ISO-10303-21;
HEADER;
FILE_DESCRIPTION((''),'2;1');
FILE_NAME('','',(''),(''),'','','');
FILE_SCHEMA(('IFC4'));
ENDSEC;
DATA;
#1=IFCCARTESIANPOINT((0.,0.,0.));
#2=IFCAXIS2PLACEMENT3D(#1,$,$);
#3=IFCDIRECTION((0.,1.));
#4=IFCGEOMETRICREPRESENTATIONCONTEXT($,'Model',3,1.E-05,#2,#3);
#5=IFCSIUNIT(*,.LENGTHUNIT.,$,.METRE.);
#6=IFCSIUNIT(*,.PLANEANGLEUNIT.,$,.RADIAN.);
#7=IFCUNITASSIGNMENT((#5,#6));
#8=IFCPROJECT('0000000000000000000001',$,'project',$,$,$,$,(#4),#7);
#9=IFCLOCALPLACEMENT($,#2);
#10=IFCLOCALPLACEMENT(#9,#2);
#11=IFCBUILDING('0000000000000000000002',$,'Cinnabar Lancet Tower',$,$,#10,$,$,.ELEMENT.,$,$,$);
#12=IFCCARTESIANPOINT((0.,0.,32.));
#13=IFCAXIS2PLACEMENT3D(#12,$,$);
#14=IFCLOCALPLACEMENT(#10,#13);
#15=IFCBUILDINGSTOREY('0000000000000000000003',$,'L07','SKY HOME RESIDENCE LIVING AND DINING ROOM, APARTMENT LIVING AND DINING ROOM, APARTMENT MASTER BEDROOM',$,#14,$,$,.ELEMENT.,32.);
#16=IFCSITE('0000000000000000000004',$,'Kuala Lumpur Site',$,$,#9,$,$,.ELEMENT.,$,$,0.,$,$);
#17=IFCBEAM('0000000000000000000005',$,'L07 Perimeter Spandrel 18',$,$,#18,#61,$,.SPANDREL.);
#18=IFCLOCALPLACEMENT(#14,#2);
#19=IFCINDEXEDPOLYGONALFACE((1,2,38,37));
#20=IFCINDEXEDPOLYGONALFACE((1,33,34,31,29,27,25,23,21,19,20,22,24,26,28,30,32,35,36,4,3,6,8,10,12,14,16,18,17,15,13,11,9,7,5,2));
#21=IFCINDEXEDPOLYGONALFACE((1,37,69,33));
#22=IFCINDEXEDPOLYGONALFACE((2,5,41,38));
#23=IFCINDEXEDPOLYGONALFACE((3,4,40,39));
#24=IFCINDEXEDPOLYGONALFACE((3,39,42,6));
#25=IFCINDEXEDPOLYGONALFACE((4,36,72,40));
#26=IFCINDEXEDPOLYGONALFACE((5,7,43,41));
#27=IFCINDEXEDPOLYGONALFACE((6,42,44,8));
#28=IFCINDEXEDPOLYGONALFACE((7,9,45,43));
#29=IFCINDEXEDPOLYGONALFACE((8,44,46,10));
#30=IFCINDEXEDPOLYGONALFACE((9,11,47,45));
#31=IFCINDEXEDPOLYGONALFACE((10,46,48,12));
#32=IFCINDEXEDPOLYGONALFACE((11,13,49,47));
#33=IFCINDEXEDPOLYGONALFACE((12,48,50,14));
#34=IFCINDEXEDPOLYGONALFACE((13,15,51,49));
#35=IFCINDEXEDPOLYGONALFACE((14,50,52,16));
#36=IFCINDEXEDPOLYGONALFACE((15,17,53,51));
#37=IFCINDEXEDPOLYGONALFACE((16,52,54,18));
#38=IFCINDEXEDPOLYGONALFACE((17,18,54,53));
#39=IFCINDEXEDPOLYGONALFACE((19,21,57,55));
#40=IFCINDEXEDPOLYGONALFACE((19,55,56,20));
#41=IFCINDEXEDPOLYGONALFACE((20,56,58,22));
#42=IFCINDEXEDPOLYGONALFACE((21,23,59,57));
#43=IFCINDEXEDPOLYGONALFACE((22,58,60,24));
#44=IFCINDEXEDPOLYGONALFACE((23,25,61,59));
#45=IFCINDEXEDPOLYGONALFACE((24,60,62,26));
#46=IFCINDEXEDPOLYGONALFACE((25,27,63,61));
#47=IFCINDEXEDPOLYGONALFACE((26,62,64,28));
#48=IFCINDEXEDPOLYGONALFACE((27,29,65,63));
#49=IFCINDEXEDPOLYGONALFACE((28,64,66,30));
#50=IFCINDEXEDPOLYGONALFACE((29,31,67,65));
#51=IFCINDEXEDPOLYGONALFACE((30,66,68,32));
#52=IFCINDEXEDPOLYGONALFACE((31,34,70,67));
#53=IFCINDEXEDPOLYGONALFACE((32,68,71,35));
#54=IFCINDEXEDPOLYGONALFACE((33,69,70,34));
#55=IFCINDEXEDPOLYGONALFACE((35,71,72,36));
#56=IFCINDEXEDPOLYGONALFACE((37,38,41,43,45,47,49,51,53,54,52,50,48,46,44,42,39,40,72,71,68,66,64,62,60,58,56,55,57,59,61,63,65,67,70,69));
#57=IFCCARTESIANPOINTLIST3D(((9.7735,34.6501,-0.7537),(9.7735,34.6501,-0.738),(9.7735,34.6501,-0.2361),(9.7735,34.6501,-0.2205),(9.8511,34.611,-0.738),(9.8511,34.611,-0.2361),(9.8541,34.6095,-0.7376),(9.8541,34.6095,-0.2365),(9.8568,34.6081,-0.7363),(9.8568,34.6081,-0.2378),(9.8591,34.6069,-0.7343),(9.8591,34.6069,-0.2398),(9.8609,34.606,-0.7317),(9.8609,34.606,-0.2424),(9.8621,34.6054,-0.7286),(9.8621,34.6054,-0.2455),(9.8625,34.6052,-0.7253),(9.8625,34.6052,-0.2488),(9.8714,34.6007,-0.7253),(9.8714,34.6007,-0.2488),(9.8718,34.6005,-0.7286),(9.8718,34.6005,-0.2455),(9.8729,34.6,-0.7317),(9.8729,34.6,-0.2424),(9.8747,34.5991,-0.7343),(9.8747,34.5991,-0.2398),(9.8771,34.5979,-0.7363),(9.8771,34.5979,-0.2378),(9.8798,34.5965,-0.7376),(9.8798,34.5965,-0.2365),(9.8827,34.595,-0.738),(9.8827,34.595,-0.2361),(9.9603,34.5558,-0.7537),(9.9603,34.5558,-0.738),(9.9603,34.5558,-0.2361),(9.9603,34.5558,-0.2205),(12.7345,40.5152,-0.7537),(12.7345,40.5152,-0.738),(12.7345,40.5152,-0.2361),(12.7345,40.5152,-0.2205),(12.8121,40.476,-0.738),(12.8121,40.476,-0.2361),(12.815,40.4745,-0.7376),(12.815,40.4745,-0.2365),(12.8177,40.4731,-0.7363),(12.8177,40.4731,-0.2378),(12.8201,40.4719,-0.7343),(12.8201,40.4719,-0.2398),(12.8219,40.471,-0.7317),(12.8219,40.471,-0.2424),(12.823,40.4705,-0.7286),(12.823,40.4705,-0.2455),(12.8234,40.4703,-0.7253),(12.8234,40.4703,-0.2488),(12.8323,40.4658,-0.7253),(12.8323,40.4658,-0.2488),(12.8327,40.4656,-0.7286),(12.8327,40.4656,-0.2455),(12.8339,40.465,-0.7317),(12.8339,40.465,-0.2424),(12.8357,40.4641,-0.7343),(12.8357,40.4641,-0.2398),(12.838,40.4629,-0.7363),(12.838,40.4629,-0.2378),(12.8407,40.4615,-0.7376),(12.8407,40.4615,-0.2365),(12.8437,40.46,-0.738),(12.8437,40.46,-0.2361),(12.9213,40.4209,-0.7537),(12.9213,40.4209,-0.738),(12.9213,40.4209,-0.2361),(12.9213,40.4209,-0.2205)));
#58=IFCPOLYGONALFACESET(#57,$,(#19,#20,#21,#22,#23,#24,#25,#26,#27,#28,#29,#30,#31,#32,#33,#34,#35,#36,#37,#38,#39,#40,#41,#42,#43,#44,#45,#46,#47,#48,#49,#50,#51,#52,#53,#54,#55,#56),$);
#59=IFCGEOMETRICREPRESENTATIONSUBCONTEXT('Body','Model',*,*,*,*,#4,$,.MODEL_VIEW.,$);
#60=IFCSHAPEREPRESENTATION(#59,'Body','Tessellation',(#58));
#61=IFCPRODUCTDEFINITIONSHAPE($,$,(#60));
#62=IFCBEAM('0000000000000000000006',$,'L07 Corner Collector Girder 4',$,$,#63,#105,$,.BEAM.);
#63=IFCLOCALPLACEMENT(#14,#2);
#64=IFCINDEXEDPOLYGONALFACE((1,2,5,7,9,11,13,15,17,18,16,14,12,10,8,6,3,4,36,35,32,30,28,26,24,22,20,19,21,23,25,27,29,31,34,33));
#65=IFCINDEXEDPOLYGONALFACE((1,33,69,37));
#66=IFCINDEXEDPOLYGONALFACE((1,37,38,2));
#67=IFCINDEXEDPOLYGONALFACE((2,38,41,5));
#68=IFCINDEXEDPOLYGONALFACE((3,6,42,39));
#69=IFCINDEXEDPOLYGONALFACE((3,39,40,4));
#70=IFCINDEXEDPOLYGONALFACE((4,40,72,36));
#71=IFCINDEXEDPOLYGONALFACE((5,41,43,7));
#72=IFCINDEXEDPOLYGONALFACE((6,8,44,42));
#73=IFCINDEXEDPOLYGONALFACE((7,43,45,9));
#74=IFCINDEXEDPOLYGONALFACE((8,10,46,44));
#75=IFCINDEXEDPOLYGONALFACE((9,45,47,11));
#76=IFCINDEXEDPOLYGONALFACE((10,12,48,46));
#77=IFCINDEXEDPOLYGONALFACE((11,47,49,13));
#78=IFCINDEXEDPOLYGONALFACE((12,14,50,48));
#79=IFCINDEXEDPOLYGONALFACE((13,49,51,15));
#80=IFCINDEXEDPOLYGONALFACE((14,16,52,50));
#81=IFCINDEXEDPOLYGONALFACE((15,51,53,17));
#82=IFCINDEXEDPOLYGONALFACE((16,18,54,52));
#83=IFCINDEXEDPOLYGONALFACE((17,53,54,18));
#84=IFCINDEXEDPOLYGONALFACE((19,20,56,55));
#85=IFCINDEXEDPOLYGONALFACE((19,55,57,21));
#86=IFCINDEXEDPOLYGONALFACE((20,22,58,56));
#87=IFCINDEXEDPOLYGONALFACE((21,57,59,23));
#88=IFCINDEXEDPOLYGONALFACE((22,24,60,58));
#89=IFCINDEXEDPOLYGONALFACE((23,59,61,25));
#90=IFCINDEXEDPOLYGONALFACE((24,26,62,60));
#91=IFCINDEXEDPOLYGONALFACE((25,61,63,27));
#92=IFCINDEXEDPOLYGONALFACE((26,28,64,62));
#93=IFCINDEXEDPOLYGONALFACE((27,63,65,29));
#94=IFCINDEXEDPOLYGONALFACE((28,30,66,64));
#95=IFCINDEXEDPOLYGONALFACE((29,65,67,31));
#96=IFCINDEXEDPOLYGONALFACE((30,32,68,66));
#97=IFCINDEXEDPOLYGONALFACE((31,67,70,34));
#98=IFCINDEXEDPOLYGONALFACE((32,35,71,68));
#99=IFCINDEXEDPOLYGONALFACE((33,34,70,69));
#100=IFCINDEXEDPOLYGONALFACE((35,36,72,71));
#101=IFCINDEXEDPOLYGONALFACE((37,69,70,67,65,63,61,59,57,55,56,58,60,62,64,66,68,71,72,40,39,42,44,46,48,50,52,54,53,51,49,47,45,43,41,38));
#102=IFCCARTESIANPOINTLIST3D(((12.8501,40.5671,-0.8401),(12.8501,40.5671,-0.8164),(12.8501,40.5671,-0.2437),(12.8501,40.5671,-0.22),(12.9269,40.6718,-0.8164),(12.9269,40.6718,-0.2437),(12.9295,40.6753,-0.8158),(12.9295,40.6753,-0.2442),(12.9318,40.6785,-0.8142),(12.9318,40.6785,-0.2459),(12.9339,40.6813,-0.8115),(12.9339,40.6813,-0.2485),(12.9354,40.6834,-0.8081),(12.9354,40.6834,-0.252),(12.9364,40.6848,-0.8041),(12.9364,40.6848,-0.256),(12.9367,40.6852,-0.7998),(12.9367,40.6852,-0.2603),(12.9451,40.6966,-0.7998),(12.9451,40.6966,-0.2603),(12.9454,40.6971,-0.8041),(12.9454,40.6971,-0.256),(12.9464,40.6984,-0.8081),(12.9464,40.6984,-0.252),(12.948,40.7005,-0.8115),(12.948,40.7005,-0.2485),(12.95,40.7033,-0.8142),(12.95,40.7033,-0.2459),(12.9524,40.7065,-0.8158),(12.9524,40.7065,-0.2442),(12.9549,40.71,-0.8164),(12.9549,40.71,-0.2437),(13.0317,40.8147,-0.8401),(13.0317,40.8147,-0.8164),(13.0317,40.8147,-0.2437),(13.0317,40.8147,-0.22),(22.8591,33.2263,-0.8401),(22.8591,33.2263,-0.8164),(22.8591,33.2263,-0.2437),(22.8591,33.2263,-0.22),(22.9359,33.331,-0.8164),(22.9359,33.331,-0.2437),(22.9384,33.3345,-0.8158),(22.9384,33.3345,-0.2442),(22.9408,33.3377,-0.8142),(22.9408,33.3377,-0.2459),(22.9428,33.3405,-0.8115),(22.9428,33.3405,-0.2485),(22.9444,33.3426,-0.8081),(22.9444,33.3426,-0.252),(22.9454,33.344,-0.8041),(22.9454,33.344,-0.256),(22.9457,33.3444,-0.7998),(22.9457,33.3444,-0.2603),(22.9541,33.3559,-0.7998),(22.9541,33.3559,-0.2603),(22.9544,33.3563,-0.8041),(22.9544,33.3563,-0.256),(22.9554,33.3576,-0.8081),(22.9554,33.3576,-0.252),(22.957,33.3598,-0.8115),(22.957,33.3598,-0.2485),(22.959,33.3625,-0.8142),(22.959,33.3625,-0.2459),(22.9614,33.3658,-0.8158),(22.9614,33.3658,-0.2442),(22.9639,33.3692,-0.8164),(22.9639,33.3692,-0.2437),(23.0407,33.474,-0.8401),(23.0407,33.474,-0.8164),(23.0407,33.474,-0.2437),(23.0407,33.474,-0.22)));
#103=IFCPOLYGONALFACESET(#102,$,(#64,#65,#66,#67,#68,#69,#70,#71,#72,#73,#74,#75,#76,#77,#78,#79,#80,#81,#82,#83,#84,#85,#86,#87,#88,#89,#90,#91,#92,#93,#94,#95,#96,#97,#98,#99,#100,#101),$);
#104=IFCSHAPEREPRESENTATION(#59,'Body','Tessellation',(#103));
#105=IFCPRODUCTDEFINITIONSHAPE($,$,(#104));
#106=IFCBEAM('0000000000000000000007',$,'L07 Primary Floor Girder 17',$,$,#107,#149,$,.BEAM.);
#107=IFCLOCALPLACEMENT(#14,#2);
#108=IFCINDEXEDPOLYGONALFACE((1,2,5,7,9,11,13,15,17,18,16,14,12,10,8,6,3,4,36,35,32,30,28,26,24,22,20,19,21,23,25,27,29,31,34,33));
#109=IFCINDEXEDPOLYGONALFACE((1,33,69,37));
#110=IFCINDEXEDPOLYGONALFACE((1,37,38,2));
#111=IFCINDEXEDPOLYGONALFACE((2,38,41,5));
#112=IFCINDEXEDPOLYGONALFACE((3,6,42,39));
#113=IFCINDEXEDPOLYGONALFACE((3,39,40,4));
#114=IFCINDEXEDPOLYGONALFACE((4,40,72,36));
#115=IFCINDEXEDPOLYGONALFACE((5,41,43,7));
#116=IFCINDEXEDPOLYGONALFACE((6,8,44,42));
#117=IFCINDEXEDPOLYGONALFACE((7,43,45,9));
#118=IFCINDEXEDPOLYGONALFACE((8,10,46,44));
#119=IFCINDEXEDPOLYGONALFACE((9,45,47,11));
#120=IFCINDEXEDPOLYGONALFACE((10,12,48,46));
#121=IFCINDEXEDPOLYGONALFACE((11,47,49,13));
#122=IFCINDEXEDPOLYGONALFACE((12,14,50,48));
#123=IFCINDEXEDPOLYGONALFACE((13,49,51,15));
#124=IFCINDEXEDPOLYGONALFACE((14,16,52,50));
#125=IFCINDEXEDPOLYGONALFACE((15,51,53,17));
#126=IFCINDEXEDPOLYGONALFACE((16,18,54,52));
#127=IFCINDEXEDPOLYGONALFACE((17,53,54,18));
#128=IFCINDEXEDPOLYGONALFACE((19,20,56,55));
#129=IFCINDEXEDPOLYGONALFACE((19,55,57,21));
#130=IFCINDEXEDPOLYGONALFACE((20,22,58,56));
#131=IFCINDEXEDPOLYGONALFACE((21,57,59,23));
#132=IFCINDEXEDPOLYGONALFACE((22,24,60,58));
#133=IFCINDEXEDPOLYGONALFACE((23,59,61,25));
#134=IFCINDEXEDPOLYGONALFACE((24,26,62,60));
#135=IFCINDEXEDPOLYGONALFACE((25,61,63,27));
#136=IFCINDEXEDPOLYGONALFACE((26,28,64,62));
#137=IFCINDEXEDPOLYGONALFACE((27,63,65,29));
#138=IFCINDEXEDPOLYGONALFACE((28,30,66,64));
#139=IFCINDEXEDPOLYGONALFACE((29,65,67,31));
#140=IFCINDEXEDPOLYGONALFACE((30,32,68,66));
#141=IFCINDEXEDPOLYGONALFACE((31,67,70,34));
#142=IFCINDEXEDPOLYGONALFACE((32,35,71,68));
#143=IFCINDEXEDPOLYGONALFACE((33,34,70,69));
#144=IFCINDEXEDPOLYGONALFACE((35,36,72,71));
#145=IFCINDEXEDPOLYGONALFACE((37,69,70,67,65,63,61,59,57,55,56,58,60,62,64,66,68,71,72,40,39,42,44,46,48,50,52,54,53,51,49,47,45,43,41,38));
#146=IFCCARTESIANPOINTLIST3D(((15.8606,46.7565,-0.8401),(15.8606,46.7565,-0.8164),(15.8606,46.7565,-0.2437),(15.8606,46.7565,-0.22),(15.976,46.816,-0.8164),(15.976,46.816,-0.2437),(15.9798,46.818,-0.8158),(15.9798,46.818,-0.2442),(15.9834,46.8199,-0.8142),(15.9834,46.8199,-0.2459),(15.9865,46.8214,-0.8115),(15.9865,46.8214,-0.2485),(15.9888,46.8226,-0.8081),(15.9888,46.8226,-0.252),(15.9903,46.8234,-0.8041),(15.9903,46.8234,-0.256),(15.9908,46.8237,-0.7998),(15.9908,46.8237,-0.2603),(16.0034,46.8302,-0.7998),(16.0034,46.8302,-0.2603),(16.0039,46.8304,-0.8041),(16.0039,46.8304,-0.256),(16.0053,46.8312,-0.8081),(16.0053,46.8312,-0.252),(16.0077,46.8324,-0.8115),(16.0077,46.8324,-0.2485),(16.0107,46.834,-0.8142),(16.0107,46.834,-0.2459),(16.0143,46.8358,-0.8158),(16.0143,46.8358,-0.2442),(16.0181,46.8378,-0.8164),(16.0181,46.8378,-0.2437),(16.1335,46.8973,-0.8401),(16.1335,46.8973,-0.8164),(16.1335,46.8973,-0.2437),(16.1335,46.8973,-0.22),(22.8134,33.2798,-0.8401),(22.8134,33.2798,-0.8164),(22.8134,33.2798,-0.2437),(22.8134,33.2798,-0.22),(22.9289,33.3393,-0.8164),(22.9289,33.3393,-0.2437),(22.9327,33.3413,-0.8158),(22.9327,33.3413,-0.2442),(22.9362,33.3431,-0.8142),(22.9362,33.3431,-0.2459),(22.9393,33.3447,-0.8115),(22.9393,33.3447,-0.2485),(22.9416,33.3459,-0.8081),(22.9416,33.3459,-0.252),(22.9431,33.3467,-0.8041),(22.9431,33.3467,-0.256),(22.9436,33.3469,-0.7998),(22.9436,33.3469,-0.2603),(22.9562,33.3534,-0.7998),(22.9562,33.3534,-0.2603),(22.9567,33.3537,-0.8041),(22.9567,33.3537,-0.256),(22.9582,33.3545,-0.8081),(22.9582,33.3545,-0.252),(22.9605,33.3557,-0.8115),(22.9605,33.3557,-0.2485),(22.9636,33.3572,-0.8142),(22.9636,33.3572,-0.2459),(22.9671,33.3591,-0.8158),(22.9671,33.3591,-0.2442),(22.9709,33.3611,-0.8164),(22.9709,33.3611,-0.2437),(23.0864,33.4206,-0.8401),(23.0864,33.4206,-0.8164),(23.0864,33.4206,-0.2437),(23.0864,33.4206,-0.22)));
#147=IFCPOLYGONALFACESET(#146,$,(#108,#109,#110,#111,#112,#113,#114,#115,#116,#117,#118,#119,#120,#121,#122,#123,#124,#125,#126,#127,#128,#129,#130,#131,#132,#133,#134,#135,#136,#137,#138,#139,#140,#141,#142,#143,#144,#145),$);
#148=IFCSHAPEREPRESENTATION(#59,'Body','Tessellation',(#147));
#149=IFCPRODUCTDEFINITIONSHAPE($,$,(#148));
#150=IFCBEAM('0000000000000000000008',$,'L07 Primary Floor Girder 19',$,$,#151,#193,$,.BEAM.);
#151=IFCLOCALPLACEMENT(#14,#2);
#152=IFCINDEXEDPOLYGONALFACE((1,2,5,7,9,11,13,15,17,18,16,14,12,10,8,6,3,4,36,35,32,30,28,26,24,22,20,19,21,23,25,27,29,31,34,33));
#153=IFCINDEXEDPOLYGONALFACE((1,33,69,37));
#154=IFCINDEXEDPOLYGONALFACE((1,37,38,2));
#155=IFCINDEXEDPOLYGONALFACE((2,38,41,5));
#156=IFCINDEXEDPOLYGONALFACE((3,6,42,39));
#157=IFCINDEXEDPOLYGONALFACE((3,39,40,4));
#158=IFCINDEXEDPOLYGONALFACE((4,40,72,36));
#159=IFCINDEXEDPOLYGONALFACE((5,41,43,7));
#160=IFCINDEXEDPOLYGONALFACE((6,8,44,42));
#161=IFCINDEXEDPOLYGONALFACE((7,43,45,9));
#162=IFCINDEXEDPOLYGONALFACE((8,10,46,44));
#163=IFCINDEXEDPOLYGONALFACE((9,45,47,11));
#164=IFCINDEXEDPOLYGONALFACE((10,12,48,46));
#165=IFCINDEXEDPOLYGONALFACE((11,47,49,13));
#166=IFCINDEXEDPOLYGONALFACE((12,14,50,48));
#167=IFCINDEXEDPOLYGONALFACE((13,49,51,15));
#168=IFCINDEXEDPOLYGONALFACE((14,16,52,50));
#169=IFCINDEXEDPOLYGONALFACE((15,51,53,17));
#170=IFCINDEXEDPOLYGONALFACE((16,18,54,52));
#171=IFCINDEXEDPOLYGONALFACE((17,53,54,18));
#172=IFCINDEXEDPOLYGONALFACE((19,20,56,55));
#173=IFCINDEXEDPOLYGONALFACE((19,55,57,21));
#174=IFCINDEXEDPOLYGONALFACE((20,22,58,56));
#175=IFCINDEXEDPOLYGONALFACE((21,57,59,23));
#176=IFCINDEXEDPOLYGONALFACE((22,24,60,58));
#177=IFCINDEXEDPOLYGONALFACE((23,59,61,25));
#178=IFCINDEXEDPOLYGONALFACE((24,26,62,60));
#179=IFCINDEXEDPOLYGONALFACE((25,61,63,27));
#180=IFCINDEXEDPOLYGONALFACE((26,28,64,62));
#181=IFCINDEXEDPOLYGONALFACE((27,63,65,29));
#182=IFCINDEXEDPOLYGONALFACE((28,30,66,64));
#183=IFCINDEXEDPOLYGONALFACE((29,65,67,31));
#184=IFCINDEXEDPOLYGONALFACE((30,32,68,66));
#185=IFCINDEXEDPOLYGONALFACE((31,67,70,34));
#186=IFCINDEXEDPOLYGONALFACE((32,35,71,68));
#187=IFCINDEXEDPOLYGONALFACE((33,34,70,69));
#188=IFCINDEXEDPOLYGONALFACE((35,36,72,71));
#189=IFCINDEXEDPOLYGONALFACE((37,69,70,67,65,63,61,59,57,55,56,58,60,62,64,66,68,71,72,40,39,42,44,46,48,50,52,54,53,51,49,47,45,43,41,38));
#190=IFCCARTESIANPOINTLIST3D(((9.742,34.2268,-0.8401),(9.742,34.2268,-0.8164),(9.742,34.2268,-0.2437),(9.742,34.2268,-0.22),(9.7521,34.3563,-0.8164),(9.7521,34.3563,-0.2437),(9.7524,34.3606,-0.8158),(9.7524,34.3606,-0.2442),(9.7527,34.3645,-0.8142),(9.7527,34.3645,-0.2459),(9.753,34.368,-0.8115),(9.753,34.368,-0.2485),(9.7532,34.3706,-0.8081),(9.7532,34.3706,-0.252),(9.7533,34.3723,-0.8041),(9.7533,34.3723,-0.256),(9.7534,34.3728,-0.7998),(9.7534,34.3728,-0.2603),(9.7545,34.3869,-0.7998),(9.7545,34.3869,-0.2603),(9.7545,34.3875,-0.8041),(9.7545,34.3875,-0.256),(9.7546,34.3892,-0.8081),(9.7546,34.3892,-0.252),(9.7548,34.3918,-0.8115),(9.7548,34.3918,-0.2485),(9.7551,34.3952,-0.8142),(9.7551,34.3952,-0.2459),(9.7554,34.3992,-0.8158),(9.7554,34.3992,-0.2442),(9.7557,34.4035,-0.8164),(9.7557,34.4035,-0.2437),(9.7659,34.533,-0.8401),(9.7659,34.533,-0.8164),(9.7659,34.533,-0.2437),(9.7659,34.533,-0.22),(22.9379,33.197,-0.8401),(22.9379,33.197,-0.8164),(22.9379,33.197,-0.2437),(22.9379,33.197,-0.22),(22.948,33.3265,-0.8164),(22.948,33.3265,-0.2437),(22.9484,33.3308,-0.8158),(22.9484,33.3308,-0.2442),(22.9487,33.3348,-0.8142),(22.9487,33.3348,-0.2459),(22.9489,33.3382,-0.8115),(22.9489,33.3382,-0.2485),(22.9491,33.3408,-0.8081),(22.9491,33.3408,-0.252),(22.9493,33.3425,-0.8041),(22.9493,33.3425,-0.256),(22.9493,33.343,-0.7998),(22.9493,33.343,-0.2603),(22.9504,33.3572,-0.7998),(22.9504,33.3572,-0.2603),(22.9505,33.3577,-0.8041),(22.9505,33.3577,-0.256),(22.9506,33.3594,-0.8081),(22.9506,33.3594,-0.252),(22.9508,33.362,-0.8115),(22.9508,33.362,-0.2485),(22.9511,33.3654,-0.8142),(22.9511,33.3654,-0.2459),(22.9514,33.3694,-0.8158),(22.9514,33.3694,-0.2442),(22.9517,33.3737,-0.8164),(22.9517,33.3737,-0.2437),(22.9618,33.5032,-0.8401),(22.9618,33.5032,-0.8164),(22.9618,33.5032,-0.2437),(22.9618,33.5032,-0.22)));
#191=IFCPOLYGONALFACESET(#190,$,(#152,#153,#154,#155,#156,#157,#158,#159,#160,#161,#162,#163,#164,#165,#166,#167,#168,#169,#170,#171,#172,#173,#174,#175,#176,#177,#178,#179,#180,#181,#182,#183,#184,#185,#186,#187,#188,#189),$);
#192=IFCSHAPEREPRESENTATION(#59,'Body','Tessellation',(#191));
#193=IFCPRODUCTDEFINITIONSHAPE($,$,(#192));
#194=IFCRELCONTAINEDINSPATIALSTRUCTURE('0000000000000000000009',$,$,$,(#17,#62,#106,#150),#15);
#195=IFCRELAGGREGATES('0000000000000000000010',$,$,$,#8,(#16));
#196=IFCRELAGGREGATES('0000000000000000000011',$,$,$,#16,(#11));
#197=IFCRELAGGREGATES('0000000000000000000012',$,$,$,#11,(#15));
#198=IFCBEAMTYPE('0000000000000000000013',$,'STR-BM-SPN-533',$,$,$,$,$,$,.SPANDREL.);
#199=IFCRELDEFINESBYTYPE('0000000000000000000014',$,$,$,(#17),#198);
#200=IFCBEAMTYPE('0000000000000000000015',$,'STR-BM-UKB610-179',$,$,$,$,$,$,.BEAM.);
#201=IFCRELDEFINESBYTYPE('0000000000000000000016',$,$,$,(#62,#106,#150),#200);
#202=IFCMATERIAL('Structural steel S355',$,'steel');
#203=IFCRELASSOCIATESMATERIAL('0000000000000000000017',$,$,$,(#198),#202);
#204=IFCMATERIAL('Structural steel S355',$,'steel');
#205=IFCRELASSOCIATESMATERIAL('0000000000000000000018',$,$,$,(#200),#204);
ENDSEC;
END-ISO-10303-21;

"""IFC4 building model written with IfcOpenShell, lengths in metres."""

from ifc_helpers import new_model, si_unit, direction, frame, origin, origin_2d, place, context, subcontext, project, spatial, i_section, extrude, material, material_profile, profile_set, type_object, element, save


model = new_model("IFC4")

# Units and contexts
model_context = context("Model", 3, precision=1e-05, world=origin(), true_north=direction((0.0, 1.0)))
body_context = subcontext(model_context, "Body", "Model", "MODEL_VIEW")
ifc_project = project(units=[si_unit("LENGTHUNIT", "METRE"), si_unit("PLANEANGLEUNIT", "RADIAN")], contexts=[model_context])

# Site, building, storey
site_placement = place(None, origin())
site = spatial("IfcSite", under=ifc_project, at=site_placement, Name="Kuala Lumpur Site", CompositionType="ELEMENT", RefElevation=0.0)
building_placement = place(site_placement, origin())
building = spatial("IfcBuilding", under=site, at=building_placement, Name="Cinnabar Lancet Tower", CompositionType="ELEMENT")
storey_placement = place(building_placement, frame((0.0, 0.0, 32.0)))
storey = spatial("IfcBuildingStorey", under=building, at=storey_placement, Name="L07", Description="SKY HOME RESIDENCE LIVING AND DINING ROOM, APARTMENT LIVING AND DINING ROOM, APARTMENT MASTER BEDROOM", CompositionType="ELEMENT", Elevation=32.0)

# Beams
ifc_material_1 = material(Name="Structural steel S355", Category="steel")
ifc_material_profile_1 = material_profile(ifc_material_1, i_section(OverallWidth=0.2092, OverallDepth=0.5332, WebThickness=0.01, FlangeThickness=0.0156, FilletRadius=0.0127, at=origin_2d()), Name="UKB 533x210x92")
ifc_profile_set_1 = profile_set([ifc_material_profile_1], Name="Structural steel S355")
beam_type_1 = type_object("IfcBeamType", Name="STR-BM-SPN-533", PredefinedType="SPANDREL", material=ifc_profile_set_1)
beam_1_placement = place(storey_placement, frame((12.8279, 40.468, -0.4871), z_axis=(-0.450674, -0.892689, 0.0), x_axis=(0.892689, -0.450674, 0.0)))
element("IfcBeam", 1, at=beam_1_placement, inside=storey, type_object=beam_type_1, Name="L07 Perimeter Spandrel 18", PredefinedType="SPANDREL", context=body_context, shape_type="SweptSolid", body=[
    extrude(i_section(OverallWidth=0.2092, OverallDepth=0.5332, WebThickness=0.01, FlangeThickness=0.0156, FilletRadius=0.0127, at=origin_2d()), origin(), (0.0, 0.0, 1.0), 6.5701),
])
ifc_material_2 = material(Name="Structural steel S355", Category="steel")
ifc_material_profile_2 = material_profile(ifc_material_2, i_section(OverallWidth=0.3071, OverallDepth=0.6201, WebThickness=0.0142, FlangeThickness=0.0237, FilletRadius=0.0166, at=origin_2d()), Name="UKB 610x305x179")
ifc_profile_set_2 = profile_set([ifc_material_profile_2], Name="Structural steel S355")
beam_type_2 = type_object("IfcBeamType", Name="STR-BM-UKB610-179", PredefinedType="BEAM", material=ifc_profile_set_2)
beam_2_placement = place(storey_placement, frame((12.9409, 40.6909, -0.53), z_axis=(0.806372, -0.591409, 0.0), x_axis=(0.591409, 0.806372, 0.0)))
element("IfcBeam", 2, at=beam_2_placement, inside=storey, type_object=beam_type_2, Name="L07 Corner Collector Girder 4", PredefinedType="BEAM", context=body_context, shape_type="SweptSolid", body=[
    extrude(i_section(OverallWidth=0.3071, OverallDepth=0.6201, WebThickness=0.0142, FlangeThickness=0.0237, FilletRadius=0.0166, at=origin_2d()), origin(), (0.0, 0.0, 1.0), 12.4124),
])
beam_3_placement = place(storey_placement, frame((15.9971, 46.8269, -0.53), z_axis=(0.458492, -0.888698, 0.0), x_axis=(0.888698, 0.458492, 0.0)))
element("IfcBeam", 3, at=beam_3_placement, inside=storey, type_object=beam_type_2, Name="L07 Primary Floor Girder 17", PredefinedType="BEAM", context=body_context, shape_type="SweptSolid", body=[
    extrude(i_section(OverallWidth=0.3071, OverallDepth=0.6201, WebThickness=0.0142, FlangeThickness=0.0237, FilletRadius=0.0166, at=origin_2d()), origin(), (0.0, 0.0, 1.0), 15.1646),
])
beam_4_placement = place(storey_placement, frame((9.7539, 34.3799, -0.53), z_axis=(0.996969, -0.077801, 0.0), x_axis=(0.077801, 0.996969, 0.0)))
element("IfcBeam", 4, at=beam_4_placement, inside=storey, type_object=beam_type_2, Name="L07 Primary Floor Girder 19", PredefinedType="BEAM", context=body_context, shape_type="SweptSolid", body=[
    extrude(i_section(OverallWidth=0.3071, OverallDepth=0.6201, WebThickness=0.0142, FlangeThickness=0.0237, FilletRadius=0.0166, at=origin_2d()), origin(), (0.0, 0.0, 1.0), 13.2361),
])

save(model, "model.ifc")
